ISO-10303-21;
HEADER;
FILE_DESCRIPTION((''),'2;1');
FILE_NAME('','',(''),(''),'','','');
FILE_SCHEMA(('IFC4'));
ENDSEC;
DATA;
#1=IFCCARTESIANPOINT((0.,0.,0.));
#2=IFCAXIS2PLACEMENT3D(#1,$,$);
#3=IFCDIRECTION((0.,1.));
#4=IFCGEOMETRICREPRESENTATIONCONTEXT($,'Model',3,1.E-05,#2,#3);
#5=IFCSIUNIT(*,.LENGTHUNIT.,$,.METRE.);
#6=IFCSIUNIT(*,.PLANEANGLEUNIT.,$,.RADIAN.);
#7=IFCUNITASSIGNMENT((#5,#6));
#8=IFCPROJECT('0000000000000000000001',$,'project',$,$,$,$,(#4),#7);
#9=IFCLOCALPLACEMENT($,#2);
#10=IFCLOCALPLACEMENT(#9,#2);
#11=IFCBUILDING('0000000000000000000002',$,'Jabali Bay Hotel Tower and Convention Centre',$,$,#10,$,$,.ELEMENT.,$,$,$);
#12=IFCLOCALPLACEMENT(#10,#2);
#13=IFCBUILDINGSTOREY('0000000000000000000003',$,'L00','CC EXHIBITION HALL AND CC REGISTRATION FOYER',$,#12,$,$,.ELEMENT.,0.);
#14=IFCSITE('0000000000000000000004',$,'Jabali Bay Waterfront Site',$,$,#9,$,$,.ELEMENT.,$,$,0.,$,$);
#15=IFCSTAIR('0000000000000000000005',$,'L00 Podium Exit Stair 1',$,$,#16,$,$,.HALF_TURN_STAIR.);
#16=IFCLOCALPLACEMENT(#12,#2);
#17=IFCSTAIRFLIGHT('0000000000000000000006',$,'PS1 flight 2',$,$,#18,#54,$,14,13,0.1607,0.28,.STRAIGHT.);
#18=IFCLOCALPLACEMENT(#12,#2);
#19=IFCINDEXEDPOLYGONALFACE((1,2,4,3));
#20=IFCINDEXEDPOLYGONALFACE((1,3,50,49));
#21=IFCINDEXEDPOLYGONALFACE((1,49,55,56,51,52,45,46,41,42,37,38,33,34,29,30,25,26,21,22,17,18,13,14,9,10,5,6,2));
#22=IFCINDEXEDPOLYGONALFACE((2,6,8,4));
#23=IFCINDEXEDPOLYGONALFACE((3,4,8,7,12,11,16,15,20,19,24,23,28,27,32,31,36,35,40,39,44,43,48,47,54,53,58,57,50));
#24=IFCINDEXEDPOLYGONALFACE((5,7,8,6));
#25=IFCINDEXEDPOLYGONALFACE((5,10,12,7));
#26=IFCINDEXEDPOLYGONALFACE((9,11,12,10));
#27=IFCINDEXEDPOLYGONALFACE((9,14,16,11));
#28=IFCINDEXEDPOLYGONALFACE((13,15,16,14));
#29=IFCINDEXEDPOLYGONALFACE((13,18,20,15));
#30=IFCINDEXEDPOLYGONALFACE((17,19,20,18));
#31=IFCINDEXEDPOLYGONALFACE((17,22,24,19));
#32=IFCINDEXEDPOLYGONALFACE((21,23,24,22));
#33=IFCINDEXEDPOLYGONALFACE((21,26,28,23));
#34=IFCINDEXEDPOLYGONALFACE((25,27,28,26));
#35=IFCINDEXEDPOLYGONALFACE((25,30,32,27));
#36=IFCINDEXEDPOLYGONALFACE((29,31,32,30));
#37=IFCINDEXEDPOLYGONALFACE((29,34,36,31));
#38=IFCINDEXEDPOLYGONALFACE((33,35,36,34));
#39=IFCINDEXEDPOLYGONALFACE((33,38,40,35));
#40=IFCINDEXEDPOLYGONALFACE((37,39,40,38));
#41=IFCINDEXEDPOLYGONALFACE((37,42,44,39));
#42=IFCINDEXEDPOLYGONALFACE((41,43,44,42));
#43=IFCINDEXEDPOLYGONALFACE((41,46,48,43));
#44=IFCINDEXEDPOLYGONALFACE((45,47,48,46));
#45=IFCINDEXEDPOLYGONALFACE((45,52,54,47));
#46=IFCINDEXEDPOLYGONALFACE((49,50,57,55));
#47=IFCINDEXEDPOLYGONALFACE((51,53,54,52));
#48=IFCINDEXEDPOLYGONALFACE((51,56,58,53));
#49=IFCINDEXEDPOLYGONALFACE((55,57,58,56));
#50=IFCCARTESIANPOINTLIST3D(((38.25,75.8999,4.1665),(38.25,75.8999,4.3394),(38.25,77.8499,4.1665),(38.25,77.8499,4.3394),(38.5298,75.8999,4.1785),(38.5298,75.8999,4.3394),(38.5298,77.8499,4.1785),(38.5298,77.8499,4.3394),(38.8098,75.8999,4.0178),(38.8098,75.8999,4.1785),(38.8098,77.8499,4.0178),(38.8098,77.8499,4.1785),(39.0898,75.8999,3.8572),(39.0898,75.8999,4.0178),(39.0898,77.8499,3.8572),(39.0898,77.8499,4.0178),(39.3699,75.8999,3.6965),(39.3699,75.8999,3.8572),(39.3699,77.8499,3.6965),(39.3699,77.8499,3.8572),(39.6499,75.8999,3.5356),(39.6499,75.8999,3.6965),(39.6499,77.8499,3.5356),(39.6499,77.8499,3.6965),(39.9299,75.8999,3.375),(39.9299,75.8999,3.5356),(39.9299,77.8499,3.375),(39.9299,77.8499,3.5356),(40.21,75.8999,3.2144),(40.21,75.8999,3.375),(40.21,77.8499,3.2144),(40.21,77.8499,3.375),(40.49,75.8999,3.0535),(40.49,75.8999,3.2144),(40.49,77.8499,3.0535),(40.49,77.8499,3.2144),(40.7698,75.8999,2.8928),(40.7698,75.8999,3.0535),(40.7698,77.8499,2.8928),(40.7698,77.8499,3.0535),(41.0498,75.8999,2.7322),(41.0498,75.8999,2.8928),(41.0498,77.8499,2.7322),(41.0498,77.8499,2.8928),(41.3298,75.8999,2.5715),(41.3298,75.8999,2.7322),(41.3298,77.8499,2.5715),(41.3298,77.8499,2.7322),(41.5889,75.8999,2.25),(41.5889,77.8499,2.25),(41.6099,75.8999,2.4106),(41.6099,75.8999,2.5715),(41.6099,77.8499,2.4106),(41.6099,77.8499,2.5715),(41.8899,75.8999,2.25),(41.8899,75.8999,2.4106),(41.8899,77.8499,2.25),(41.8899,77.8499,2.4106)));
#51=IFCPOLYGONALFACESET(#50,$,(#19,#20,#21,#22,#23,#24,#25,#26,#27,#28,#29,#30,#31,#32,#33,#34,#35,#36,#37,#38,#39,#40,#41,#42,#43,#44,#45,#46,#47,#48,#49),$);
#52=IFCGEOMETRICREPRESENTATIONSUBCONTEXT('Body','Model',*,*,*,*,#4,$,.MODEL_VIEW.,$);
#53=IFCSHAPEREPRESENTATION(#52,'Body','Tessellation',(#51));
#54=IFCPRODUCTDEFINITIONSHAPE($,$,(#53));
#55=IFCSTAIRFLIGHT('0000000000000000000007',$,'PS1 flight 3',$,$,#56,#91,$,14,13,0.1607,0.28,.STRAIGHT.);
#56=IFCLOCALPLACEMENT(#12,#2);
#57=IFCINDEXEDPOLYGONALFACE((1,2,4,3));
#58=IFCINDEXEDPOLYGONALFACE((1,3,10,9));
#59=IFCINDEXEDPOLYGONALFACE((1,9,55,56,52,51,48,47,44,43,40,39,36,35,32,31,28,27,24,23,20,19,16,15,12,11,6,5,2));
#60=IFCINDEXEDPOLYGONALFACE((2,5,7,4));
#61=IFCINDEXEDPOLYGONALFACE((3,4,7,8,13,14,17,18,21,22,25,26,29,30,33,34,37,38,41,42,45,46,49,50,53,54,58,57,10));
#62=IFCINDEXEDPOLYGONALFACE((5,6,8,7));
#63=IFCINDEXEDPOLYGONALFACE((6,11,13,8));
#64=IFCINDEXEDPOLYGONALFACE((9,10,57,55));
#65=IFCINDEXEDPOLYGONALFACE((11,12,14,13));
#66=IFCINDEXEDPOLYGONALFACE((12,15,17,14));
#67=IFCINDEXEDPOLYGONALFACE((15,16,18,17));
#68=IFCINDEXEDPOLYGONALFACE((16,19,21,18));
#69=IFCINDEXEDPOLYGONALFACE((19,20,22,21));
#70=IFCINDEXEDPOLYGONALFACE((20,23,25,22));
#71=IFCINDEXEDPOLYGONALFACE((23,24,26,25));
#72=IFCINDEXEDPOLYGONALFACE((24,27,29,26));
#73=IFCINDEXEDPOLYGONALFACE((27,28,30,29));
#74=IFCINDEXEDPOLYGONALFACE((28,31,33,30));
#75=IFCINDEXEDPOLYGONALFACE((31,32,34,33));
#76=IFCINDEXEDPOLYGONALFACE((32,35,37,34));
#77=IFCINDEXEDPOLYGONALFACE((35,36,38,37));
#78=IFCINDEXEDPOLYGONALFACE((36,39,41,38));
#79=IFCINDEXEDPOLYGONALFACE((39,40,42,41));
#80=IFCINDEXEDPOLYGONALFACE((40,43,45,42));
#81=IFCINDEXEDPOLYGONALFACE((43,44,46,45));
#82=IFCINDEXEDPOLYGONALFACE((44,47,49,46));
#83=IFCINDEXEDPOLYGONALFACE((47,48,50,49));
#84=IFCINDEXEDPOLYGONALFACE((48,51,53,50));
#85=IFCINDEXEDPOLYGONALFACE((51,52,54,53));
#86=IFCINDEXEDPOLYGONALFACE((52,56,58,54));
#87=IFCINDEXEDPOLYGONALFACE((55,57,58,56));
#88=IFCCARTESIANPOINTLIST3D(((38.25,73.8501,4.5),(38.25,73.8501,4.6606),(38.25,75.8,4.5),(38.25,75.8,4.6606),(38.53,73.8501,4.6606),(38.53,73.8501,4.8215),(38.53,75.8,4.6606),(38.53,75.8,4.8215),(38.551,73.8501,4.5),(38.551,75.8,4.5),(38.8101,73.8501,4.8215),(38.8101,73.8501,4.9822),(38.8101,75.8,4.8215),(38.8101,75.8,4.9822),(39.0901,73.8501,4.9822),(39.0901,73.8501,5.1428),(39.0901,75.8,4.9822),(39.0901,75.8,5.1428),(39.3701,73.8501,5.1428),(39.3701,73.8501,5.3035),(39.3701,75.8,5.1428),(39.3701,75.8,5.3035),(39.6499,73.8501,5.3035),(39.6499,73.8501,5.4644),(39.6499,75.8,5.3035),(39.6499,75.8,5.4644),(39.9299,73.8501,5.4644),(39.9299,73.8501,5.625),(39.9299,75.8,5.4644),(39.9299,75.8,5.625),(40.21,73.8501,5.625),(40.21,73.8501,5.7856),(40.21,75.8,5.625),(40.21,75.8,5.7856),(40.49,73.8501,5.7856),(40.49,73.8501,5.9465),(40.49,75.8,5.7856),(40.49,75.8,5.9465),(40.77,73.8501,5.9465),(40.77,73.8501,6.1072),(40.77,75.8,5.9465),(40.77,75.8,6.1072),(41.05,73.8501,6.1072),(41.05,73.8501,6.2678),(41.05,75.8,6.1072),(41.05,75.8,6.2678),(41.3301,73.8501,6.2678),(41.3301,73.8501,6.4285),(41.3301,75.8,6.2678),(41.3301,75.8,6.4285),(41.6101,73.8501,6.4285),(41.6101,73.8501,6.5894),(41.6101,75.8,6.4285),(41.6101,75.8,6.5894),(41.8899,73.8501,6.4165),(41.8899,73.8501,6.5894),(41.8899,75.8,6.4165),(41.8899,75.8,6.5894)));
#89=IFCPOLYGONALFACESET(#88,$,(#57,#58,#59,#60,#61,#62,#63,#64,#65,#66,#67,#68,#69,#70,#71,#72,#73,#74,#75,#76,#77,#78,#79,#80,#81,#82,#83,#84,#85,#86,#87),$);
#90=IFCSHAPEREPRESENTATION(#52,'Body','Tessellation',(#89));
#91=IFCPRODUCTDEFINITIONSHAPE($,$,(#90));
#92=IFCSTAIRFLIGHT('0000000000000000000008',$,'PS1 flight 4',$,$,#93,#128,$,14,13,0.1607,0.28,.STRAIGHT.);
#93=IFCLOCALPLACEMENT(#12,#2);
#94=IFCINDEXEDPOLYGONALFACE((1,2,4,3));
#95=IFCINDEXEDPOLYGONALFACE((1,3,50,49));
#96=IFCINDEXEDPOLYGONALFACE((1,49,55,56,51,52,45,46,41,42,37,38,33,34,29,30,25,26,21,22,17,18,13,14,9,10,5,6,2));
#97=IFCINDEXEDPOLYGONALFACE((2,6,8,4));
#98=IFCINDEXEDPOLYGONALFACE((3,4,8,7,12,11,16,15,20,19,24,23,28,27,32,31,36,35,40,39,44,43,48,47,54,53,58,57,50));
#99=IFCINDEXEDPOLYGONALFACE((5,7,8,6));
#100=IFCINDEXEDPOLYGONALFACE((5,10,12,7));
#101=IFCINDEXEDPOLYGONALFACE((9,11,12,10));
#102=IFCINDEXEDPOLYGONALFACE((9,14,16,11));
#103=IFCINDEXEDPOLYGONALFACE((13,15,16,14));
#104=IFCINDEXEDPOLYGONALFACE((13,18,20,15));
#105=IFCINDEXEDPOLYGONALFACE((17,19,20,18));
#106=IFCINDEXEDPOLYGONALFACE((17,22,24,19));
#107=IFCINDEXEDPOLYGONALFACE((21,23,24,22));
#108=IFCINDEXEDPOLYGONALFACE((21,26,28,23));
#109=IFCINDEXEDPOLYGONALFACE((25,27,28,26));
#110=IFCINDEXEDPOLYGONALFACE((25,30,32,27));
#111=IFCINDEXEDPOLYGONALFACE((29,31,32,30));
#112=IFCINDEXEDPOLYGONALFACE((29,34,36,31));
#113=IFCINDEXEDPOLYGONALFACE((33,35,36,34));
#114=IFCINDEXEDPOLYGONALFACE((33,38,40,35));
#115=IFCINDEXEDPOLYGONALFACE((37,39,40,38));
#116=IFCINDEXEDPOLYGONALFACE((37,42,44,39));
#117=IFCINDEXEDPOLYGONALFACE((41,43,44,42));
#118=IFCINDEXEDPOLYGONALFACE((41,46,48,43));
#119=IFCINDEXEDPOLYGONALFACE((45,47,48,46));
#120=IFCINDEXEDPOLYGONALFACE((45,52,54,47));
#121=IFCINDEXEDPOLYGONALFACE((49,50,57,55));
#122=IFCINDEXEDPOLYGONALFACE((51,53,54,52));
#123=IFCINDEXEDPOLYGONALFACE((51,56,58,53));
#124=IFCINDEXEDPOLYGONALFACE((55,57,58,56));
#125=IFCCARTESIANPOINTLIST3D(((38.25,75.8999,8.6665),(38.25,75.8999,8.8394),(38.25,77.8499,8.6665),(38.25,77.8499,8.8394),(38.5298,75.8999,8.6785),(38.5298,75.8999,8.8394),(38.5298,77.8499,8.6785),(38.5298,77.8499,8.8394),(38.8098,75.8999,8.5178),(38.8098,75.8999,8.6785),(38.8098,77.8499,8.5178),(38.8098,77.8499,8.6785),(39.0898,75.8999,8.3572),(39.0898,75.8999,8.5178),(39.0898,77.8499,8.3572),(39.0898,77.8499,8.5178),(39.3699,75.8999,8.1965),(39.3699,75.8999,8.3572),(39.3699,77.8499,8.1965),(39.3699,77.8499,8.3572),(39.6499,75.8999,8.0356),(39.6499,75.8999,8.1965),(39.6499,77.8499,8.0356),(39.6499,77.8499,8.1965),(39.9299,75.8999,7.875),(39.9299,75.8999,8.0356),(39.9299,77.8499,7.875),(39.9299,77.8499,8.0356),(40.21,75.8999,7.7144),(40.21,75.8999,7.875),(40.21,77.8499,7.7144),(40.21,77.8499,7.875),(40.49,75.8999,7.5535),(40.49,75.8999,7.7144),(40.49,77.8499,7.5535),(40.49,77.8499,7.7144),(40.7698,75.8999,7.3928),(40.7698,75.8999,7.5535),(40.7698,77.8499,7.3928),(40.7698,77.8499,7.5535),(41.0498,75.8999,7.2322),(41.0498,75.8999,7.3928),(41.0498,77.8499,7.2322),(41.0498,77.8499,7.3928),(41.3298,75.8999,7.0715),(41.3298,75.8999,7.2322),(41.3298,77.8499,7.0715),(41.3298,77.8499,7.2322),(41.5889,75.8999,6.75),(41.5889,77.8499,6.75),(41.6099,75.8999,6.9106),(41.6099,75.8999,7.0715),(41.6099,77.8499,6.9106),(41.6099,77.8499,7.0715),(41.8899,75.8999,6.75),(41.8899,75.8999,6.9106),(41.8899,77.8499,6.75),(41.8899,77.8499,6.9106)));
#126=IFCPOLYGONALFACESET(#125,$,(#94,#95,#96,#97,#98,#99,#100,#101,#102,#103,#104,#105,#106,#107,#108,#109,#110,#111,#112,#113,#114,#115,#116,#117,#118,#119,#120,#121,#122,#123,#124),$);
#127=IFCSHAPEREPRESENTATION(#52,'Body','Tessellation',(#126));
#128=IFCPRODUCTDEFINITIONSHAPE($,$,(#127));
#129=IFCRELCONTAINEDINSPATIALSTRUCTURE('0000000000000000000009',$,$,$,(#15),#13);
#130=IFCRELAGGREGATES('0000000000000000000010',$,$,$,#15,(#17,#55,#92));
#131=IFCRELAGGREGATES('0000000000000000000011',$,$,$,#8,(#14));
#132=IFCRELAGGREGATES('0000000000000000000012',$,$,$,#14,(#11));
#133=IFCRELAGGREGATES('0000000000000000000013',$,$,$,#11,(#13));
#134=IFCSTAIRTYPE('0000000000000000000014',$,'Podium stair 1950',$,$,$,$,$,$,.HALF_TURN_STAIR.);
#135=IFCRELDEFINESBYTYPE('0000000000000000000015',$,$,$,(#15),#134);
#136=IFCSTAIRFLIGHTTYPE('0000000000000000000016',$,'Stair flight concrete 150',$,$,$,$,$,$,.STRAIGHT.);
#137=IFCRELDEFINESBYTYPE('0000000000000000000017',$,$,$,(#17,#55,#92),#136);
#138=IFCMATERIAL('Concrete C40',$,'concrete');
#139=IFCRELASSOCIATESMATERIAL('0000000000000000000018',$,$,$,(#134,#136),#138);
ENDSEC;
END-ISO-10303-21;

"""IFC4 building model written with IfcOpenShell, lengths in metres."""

from ifc_helpers import new_model, si_unit, direction, frame, origin, place, context, subcontext, project, spatial, polyline, outline, extrude, material, type_object, element, aggregate, save


model = new_model("IFC4")

# Units and contexts
model_context = context("Model", 3, precision=1e-05, world=origin(), true_north=direction((0.0, 1.0)))
body_context = subcontext(model_context, "Body", "Model", "MODEL_VIEW")
ifc_project = project(units=[si_unit("LENGTHUNIT", "METRE"), si_unit("PLANEANGLEUNIT", "RADIAN")], contexts=[model_context])

# Site, building, storey
site_placement = place(None, origin())
site = spatial("IfcSite", under=ifc_project, at=site_placement, Name="Jabali Bay Waterfront Site", CompositionType="ELEMENT", RefElevation=0.0)
building_placement = place(site_placement, origin())
building = spatial("IfcBuilding", under=site, at=building_placement, Name="Jabali Bay Hotel Tower and Convention Centre", CompositionType="ELEMENT")
storey_placement = place(building_placement, origin())
storey = spatial("IfcBuildingStorey", under=building, at=storey_placement, Name="L00", Description="CC EXHIBITION HALL AND CC REGISTRATION FOYER", CompositionType="ELEMENT", Elevation=0.0)

# Shared definitions
ifc_material_1 = material(Name="Concrete C40", Category="concrete")

# Stair, stair flights
stair_type = type_object("IfcStairType", Name="Podium stair 1950", PredefinedType="HALF_TURN_STAIR", material=ifc_material_1)
stair_placement = place(storey_placement, origin())
stair = element("IfcStair", 1, at=stair_placement, inside=storey, type_object=stair_type, Name="L00 Podium Exit Stair 1", PredefinedType="HALF_TURN_STAIR")
stair_flight_type = type_object("IfcStairFlightType", Name="Stair flight concrete 150", PredefinedType="STRAIGHT", material=ifc_material_1)
stair_flight_1_placement = place(storey_placement, frame((41.8899, 76.875, 2.25), z_axis=(0.0, 0.0, 1.0), x_axis=(-1.0, 0.0, 0.0)))
stair_flight_1 = element("IfcStairFlight", 2, at=stair_flight_1_placement, type_object=stair_flight_type, Name="PS1 flight 2", NumberOfRisers=14, NumberOfTreads=13, PredefinedType="STRAIGHT", RiserHeight=0.1607, TreadLength=0.28, context=body_context, shape_type="SweptSolid", body=[
    extrude(outline(polyline([(0.0, 0.0), (0.0, 0.1606), (0.28, 0.1606), (0.28, 0.3215), (0.5601, 0.3215), (0.5601, 0.4822), (0.8401, 0.4822), (0.8401, 0.6428), (1.1201, 0.6428), (1.1201, 0.8035), (1.3999, 0.8035), (1.3999, 0.9644), (1.6799, 0.9644), (1.6799, 1.125), (1.96, 1.125), (1.96, 1.2856), (2.24, 1.2856), (2.24, 1.4465), (2.52, 1.4465), (2.52, 1.6072), (2.8, 1.6072), (2.8, 1.7678), (3.0801, 1.7678), (3.0801, 1.9285), (3.3601, 1.9285), (3.3601, 2.0894), (3.6399, 2.0894), (3.6399, 2.25), (3.6399, 1.9165), (0.301, 0.0), (0.0, 0.0)])), frame((0.0, 0.9751, 0.0), z_axis=(0.0, -1.0, 0.0), x_axis=(1.0, 0.0, 0.0)), (0.0, 0.0, 1.0), 1.95),
])
stair_flight_2_placement = place(storey_placement, frame((38.25, 74.825, 4.5), z_axis=(0.0, 0.0, 1.0), x_axis=(1.0, 0.0, 0.0)))
stair_flight_2 = element("IfcStairFlight", 3, at=stair_flight_2_placement, type_object=stair_flight_type, Name="PS1 flight 3", NumberOfRisers=14, NumberOfTreads=13, PredefinedType="STRAIGHT", RiserHeight=0.1607, TreadLength=0.28, context=body_context, shape_type="SweptSolid", body=[
    extrude(outline(polyline([(0.0, 0.0), (0.0, 0.1606), (0.28, 0.1606), (0.28, 0.3215), (0.5601, 0.3215), (0.5601, 0.4822), (0.8401, 0.4822), (0.8401, 0.6428), (1.1201, 0.6428), (1.1201, 0.8035), (1.3999, 0.8035), (1.3999, 0.9644), (1.6799, 0.9644), (1.6799, 1.125), (1.96, 1.125), (1.96, 1.2856), (2.24, 1.2856), (2.24, 1.4465), (2.52, 1.4465), (2.52, 1.6072), (2.8, 1.6072), (2.8, 1.7678), (3.0801, 1.7678), (3.0801, 1.9285), (3.3601, 1.9285), (3.3601, 2.0894), (3.6399, 2.0894), (3.6399, 2.25), (3.6399, 1.9165), (0.301, 0.0), (0.0, 0.0)])), frame((0.0, 0.9751, 0.0), z_axis=(0.0, -1.0, 0.0), x_axis=(1.0, 0.0, 0.0)), (0.0, 0.0, 1.0), 1.95),
])
stair_flight_3_placement = place(storey_placement, frame((41.8899, 76.875, 6.75), z_axis=(0.0, 0.0, 1.0), x_axis=(-1.0, 0.0, 0.0)))
stair_flight_3 = element("IfcStairFlight", 4, at=stair_flight_3_placement, type_object=stair_flight_type, Name="PS1 flight 4", NumberOfRisers=14, NumberOfTreads=13, PredefinedType="STRAIGHT", RiserHeight=0.1607, TreadLength=0.28, context=body_context, shape_type="SweptSolid", body=[
    extrude(outline(polyline([(0.0, 0.0), (0.0, 0.1606), (0.28, 0.1606), (0.28, 0.3215), (0.5601, 0.3215), (0.5601, 0.4822), (0.8401, 0.4822), (0.8401, 0.6428), (1.1201, 0.6428), (1.1201, 0.8035), (1.3999, 0.8035), (1.3999, 0.9644), (1.6799, 0.9644), (1.6799, 1.125), (1.96, 1.125), (1.96, 1.2856), (2.24, 1.2856), (2.24, 1.4465), (2.52, 1.4465), (2.52, 1.6072), (2.8, 1.6072), (2.8, 1.7678), (3.0801, 1.7678), (3.0801, 1.9285), (3.3601, 1.9285), (3.3601, 2.0894), (3.6399, 2.0894), (3.6399, 2.25), (3.6399, 1.9165), (0.301, 0.0), (0.0, 0.0)])), frame((0.0, 0.9751, 0.0), z_axis=(0.0, -1.0, 0.0), x_axis=(1.0, 0.0, 0.0)), (0.0, 0.0, 1.0), 1.95),
])
aggregate(stair, [stair_flight_1, stair_flight_2, stair_flight_3])

save(model, "model.ifc")
